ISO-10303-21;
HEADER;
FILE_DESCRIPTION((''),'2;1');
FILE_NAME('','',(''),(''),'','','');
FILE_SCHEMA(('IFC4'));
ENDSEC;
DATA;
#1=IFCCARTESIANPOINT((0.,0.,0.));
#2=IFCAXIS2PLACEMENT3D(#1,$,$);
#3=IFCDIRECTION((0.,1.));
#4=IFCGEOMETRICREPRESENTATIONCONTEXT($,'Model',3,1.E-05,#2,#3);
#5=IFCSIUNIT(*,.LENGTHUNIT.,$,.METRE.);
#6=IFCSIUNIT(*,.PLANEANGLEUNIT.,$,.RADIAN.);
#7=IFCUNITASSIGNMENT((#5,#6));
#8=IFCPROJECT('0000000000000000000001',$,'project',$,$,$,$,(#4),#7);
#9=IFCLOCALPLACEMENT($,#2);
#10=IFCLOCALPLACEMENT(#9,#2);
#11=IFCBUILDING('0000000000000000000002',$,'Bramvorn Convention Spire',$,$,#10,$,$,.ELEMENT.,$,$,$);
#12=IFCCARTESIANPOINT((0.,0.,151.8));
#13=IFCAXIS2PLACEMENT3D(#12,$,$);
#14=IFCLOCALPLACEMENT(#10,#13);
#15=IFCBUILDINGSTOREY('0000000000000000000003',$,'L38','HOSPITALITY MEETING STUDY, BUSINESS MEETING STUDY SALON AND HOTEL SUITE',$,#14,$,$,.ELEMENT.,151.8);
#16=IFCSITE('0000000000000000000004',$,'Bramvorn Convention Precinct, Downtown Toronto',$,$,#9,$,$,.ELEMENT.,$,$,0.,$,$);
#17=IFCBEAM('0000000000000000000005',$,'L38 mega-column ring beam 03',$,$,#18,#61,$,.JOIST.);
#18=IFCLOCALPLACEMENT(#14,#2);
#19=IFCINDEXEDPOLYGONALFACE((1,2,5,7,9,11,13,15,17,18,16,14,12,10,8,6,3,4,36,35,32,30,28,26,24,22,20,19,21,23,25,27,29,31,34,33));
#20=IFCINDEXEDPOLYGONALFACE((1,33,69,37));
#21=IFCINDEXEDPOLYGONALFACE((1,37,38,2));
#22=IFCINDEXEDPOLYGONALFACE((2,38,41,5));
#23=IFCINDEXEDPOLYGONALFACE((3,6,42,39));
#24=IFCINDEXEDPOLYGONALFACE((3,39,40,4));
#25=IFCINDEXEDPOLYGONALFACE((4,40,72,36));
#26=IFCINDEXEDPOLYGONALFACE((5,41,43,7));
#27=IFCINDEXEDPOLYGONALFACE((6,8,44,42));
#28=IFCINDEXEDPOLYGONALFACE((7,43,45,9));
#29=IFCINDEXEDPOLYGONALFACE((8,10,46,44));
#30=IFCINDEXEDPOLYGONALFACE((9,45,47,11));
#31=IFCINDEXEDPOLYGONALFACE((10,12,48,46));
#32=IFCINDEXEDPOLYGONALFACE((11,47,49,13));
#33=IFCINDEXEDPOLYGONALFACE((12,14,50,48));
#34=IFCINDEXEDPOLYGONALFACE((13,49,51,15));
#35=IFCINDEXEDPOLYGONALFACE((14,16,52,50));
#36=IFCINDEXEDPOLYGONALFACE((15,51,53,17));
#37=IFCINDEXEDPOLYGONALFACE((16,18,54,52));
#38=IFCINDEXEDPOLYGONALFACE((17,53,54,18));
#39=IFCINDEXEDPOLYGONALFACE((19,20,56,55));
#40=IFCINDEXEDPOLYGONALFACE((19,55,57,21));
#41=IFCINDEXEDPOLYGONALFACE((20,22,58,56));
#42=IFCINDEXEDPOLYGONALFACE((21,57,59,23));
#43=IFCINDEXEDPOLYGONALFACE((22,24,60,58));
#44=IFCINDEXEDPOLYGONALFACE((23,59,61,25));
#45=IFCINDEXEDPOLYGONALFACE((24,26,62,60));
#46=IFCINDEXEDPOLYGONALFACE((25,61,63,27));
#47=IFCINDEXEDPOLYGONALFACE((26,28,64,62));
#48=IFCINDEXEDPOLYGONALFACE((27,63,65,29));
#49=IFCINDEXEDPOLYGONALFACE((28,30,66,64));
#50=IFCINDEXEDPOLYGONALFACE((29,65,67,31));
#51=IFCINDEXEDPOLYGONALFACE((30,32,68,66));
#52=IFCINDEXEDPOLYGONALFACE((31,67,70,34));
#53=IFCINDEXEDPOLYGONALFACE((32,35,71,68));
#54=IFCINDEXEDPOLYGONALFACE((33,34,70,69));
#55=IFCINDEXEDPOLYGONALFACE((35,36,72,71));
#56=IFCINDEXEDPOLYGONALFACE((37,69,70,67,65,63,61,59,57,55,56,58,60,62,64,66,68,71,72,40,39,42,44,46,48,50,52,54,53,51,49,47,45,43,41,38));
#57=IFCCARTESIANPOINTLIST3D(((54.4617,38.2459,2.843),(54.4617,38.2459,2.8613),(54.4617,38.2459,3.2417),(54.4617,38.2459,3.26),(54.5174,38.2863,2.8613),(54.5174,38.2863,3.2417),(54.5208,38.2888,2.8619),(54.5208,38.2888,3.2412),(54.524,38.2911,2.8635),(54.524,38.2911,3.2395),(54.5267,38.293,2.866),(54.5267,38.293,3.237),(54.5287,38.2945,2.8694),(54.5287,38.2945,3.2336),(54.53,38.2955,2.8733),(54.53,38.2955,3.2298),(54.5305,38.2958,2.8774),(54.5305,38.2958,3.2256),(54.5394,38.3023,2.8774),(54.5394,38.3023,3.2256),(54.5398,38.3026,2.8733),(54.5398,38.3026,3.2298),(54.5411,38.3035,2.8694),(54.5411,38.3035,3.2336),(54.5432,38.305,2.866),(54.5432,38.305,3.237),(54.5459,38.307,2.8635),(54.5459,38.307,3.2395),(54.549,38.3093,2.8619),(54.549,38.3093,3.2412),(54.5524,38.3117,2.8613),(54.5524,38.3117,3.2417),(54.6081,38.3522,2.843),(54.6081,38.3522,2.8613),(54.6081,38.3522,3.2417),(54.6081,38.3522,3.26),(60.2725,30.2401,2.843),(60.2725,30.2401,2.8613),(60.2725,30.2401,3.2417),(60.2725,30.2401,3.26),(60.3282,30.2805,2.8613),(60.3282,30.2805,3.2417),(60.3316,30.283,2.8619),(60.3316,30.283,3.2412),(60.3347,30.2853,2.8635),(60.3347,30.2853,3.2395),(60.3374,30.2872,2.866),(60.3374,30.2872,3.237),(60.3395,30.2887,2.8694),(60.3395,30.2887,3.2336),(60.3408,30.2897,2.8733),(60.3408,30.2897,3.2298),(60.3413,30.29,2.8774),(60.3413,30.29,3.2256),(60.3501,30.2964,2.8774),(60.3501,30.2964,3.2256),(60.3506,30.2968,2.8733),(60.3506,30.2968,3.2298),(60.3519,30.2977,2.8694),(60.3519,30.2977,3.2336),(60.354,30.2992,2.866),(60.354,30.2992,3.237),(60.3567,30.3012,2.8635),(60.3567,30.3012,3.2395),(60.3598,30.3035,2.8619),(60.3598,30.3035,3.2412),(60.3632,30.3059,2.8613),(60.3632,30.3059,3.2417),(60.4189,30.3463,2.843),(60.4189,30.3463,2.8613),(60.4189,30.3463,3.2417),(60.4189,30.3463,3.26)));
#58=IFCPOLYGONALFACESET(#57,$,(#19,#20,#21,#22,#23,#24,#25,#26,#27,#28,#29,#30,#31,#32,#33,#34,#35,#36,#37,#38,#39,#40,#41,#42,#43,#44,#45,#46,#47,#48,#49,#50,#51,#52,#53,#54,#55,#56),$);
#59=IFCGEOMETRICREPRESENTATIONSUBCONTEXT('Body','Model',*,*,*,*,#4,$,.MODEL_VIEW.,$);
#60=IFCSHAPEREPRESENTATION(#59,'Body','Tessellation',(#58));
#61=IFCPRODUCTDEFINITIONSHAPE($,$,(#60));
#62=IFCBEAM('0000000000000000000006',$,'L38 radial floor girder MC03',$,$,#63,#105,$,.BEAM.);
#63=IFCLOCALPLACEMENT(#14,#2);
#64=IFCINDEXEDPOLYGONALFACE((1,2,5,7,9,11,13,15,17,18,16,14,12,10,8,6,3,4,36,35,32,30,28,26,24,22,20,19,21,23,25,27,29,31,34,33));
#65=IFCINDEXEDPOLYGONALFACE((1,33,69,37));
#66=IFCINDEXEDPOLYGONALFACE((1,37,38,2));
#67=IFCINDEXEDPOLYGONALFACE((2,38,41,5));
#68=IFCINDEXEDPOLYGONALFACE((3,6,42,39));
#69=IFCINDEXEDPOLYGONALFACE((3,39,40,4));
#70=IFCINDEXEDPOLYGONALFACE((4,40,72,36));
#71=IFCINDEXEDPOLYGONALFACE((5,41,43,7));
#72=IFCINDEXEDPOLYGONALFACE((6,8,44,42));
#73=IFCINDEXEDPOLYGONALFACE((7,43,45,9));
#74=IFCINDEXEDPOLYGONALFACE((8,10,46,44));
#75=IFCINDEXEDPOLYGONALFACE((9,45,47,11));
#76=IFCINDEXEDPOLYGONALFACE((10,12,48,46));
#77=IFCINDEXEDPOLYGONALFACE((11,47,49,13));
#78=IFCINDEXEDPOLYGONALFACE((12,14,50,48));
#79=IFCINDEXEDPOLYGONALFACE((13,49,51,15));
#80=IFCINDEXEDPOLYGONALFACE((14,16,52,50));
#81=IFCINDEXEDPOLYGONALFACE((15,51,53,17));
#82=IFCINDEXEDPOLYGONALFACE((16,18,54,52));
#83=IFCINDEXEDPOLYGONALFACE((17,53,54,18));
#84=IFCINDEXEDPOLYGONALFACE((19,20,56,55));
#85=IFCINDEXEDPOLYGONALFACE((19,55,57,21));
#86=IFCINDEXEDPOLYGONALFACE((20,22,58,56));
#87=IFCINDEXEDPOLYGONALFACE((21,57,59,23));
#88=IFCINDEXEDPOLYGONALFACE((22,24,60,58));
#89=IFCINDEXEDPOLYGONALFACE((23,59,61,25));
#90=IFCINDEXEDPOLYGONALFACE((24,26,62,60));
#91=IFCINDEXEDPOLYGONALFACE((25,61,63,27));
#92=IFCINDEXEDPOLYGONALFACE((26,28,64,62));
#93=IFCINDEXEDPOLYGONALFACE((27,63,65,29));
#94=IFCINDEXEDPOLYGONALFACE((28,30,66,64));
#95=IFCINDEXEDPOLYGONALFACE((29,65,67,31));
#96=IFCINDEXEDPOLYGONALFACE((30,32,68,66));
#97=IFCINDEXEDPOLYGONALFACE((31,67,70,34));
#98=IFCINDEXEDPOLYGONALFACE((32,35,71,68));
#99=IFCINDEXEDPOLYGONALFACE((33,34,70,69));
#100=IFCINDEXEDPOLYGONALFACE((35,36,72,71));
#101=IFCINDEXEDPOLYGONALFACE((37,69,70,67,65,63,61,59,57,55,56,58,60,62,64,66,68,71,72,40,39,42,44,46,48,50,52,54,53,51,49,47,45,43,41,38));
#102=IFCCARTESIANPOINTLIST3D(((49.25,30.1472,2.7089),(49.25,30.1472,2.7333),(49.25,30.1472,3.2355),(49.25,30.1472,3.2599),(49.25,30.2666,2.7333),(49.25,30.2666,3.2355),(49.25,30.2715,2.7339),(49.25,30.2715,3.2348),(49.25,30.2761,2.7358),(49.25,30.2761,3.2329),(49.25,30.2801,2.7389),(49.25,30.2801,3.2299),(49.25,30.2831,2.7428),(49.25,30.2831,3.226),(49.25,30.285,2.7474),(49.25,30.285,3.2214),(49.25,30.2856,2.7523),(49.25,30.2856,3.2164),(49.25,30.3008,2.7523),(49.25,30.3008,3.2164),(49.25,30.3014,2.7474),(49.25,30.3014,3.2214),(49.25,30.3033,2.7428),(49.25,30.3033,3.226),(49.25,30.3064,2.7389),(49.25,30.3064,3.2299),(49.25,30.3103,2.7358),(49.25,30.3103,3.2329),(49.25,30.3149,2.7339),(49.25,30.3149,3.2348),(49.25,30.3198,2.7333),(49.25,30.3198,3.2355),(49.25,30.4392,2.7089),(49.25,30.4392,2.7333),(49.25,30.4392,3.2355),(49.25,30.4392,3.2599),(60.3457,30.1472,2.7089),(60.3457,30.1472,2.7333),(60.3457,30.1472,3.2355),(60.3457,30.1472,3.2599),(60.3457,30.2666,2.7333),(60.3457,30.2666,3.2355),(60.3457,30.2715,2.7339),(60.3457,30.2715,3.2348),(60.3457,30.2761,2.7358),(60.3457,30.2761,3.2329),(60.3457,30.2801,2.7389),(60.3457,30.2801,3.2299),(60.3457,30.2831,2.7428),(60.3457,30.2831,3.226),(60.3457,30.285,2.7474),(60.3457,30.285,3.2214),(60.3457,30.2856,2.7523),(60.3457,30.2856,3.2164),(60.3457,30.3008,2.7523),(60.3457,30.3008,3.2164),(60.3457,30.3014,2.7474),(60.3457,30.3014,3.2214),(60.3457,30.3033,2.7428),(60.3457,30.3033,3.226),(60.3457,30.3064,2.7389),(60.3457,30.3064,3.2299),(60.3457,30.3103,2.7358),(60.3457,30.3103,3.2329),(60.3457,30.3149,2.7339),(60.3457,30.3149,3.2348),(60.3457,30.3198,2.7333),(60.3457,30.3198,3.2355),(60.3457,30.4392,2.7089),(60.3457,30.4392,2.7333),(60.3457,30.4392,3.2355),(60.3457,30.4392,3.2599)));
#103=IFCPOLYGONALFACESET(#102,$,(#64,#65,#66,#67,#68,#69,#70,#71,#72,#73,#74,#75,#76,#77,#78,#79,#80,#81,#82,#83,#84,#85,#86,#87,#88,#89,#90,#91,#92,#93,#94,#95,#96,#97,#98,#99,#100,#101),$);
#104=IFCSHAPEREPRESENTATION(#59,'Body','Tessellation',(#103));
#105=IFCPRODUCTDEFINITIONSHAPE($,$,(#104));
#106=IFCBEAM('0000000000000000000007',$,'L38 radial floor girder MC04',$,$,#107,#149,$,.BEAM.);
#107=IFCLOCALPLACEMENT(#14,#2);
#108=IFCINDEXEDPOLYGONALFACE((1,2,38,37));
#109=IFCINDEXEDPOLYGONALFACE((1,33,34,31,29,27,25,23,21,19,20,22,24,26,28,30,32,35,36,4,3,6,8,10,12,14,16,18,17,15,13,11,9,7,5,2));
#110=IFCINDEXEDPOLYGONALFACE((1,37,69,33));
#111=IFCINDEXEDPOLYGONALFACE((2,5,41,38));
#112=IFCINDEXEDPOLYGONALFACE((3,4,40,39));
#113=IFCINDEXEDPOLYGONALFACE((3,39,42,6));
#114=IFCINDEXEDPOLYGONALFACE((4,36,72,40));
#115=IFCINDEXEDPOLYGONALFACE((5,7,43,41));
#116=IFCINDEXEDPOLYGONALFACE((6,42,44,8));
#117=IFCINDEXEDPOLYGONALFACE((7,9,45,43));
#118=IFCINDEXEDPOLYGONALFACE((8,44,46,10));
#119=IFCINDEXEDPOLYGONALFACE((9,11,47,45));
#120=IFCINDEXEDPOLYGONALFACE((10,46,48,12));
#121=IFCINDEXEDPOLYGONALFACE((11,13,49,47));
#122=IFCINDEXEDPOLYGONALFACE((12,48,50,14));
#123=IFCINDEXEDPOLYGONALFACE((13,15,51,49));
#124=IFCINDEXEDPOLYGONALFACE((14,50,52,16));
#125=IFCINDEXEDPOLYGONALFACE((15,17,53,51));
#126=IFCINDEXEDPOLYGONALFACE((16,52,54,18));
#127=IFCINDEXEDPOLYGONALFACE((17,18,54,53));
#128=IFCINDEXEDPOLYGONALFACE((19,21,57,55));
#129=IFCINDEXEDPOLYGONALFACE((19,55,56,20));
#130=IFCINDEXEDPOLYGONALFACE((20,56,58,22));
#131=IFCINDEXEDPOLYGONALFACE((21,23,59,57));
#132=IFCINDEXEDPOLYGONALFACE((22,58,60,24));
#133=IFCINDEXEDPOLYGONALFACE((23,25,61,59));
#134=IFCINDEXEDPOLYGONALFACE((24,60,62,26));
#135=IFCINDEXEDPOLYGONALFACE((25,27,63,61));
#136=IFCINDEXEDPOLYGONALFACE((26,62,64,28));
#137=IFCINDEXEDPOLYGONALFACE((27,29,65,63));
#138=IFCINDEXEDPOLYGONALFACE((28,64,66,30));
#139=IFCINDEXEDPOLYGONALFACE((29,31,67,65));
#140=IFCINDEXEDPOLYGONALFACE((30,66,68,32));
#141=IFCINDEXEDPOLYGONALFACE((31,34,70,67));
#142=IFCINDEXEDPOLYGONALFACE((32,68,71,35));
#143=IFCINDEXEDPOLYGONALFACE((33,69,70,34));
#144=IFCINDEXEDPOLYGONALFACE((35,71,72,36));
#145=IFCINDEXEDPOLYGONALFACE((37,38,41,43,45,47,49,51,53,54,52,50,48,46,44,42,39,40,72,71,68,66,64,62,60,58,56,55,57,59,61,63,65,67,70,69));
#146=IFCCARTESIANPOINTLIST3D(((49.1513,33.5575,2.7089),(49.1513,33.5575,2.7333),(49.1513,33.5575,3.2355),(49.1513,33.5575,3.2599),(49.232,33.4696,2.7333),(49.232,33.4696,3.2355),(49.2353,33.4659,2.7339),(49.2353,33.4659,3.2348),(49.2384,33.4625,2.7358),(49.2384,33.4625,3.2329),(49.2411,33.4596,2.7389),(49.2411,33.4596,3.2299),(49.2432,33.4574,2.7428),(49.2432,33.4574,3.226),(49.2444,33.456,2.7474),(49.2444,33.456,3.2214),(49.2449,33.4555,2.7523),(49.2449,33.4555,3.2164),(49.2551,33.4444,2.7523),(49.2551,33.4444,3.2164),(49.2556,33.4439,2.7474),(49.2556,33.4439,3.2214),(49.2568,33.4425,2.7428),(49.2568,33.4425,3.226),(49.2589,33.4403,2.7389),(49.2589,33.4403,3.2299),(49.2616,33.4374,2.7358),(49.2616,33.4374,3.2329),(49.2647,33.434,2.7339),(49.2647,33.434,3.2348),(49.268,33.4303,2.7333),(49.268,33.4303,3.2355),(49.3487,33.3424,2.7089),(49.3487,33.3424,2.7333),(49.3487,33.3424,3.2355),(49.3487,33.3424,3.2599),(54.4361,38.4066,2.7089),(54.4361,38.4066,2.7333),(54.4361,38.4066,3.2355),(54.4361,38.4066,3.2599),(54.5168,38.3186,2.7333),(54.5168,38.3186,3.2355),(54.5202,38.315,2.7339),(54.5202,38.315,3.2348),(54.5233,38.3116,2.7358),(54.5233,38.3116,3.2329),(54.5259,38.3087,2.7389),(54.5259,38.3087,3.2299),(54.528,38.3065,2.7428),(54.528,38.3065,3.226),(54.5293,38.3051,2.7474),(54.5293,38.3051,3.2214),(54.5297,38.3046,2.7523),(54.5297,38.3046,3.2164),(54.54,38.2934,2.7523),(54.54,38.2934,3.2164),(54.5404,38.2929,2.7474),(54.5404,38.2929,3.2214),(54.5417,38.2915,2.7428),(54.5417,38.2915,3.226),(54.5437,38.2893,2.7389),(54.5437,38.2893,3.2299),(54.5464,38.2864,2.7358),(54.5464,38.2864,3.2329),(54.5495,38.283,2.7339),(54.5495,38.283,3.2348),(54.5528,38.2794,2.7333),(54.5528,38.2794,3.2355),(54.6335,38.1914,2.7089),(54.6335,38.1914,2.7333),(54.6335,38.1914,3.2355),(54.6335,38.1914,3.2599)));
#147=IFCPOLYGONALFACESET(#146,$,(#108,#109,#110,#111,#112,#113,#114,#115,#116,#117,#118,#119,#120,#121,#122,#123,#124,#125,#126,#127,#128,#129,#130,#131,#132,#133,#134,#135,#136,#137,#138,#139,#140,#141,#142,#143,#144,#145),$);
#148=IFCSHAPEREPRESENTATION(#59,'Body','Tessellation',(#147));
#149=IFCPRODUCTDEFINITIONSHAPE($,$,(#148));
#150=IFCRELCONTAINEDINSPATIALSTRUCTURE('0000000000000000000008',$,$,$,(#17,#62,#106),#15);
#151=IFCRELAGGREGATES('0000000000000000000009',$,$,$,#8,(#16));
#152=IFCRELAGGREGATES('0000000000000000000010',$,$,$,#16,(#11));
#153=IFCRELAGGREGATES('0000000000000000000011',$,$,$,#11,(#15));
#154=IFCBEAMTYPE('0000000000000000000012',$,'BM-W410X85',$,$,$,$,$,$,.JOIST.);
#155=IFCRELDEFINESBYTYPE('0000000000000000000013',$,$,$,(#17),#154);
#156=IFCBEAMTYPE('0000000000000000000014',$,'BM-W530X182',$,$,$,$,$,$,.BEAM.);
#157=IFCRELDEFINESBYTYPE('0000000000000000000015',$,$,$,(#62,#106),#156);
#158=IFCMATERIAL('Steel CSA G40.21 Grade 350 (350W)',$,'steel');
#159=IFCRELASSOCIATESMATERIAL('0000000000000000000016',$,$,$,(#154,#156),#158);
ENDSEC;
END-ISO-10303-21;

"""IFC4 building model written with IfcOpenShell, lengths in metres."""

from ifc_helpers import new_model, si_unit, direction, frame, origin, origin_2d, place, context, subcontext, project, spatial, i_section, extrude, material, material_profile, profile_set, type_object, element, save


model = new_model("IFC4")

# Units and contexts
model_context = context("Model", 3, precision=1e-05, world=origin(), true_north=direction((0.0, 1.0)))
body_context = subcontext(model_context, "Body", "Model", "MODEL_VIEW")
ifc_project = project(units=[si_unit("LENGTHUNIT", "METRE"), si_unit("PLANEANGLEUNIT", "RADIAN")], contexts=[model_context])

# Site, building, storey
site_placement = place(None, origin())
site = spatial("IfcSite", under=ifc_project, at=site_placement, Name="Bramvorn Convention Precinct, Downtown Toronto", CompositionType="ELEMENT", RefElevation=0.0)
building_placement = place(site_placement, origin())
building = spatial("IfcBuilding", under=site, at=building_placement, Name="Bramvorn Convention Spire", CompositionType="ELEMENT")
storey_placement = place(building_placement, frame((0.0, 0.0, 151.8)))
storey = spatial("IfcBuildingStorey", under=building, at=storey_placement, Name="L38", Description="HOSPITALITY MEETING STUDY, BUSINESS MEETING STUDY SALON AND HOTEL SUITE", CompositionType="ELEMENT", Elevation=151.8)

# Shared definitions
ifc_material_1 = material(Name="Steel CSA G40.21 Grade 350 (350W)", Category="steel")

# Beams
ifc_material_profile_1 = material_profile(ifc_material_1, i_section(OverallWidth=0.1809, OverallDepth=0.417, WebThickness=0.011, FlangeThickness=0.0183, FilletRadius=0.0161, at=origin_2d()))
ifc_profile_set_1 = profile_set([ifc_material_profile_1], Name="Steel CSA G40.21 Grade 350 (350W) - W410X85")
beam_type_1 = type_object("IfcBeamType", Name="BM-W410X85", PredefinedType="JOIST", material=ifc_profile_set_1)
beam_1_placement = place(storey_placement, frame((60.3457, 30.2932, 3.0515), z_axis=(-0.587401, 0.809296, 0.0), x_axis=(-0.809296, -0.587401, 0.0)))
element("IfcBeam", 1, at=beam_1_placement, inside=storey, type_object=beam_type_1, Name="L38 mega-column ring beam 03", PredefinedType="JOIST", context=body_context, shape_type="SweptSolid", body=[
    extrude(i_section(OverallWidth=0.1809, OverallDepth=0.417, WebThickness=0.011, FlangeThickness=0.0183, FilletRadius=0.0161, at=origin_2d()), origin(), (0.0, 0.0, 1.0), 9.8923),
])
ifc_material_profile_2 = material_profile(ifc_material_1, i_section(OverallWidth=0.292, OverallDepth=0.551, WebThickness=0.0151, FlangeThickness=0.0244, FilletRadius=0.019, at=origin_2d()))
ifc_profile_set_2 = profile_set([ifc_material_profile_2], Name="Steel CSA G40.21 Grade 350 (350W) - W530X182")
beam_type_2 = type_object("IfcBeamType", Name="BM-W530X182", PredefinedType="BEAM", material=ifc_profile_set_2)
beam_2_placement = place(storey_placement, frame((49.25, 30.2932, 2.9844), z_axis=(1.0, 0.0, 0.0), x_axis=(0.0, 1.0, 0.0)))
element("IfcBeam", 2, at=beam_2_placement, inside=storey, type_object=beam_type_2, Name="L38 radial floor girder MC03", PredefinedType="BEAM", context=body_context, shape_type="SweptSolid", body=[
    extrude(i_section(OverallWidth=0.292, OverallDepth=0.551, WebThickness=0.0151, FlangeThickness=0.0244, FilletRadius=0.019, at=origin_2d()), origin(), (0.0, 0.0, 1.0), 11.0957),
])
beam_3_placement = place(storey_placement, frame((49.25, 33.45, 2.9844), z_axis=(0.736833, 0.676074, 0.0), x_axis=(-0.676074, 0.736833, 0.0)))
element("IfcBeam", 3, at=beam_3_placement, inside=storey, type_object=beam_type_2, Name="L38 radial floor girder MC04", PredefinedType="BEAM", context=body_context, shape_type="SweptSolid", body=[
    extrude(i_section(OverallWidth=0.292, OverallDepth=0.551, WebThickness=0.0151, FlangeThickness=0.0244, FilletRadius=0.019, at=origin_2d()), origin(), (0.0, 0.0, 1.0), 7.1724),
])

save(model, "model.ifc")
